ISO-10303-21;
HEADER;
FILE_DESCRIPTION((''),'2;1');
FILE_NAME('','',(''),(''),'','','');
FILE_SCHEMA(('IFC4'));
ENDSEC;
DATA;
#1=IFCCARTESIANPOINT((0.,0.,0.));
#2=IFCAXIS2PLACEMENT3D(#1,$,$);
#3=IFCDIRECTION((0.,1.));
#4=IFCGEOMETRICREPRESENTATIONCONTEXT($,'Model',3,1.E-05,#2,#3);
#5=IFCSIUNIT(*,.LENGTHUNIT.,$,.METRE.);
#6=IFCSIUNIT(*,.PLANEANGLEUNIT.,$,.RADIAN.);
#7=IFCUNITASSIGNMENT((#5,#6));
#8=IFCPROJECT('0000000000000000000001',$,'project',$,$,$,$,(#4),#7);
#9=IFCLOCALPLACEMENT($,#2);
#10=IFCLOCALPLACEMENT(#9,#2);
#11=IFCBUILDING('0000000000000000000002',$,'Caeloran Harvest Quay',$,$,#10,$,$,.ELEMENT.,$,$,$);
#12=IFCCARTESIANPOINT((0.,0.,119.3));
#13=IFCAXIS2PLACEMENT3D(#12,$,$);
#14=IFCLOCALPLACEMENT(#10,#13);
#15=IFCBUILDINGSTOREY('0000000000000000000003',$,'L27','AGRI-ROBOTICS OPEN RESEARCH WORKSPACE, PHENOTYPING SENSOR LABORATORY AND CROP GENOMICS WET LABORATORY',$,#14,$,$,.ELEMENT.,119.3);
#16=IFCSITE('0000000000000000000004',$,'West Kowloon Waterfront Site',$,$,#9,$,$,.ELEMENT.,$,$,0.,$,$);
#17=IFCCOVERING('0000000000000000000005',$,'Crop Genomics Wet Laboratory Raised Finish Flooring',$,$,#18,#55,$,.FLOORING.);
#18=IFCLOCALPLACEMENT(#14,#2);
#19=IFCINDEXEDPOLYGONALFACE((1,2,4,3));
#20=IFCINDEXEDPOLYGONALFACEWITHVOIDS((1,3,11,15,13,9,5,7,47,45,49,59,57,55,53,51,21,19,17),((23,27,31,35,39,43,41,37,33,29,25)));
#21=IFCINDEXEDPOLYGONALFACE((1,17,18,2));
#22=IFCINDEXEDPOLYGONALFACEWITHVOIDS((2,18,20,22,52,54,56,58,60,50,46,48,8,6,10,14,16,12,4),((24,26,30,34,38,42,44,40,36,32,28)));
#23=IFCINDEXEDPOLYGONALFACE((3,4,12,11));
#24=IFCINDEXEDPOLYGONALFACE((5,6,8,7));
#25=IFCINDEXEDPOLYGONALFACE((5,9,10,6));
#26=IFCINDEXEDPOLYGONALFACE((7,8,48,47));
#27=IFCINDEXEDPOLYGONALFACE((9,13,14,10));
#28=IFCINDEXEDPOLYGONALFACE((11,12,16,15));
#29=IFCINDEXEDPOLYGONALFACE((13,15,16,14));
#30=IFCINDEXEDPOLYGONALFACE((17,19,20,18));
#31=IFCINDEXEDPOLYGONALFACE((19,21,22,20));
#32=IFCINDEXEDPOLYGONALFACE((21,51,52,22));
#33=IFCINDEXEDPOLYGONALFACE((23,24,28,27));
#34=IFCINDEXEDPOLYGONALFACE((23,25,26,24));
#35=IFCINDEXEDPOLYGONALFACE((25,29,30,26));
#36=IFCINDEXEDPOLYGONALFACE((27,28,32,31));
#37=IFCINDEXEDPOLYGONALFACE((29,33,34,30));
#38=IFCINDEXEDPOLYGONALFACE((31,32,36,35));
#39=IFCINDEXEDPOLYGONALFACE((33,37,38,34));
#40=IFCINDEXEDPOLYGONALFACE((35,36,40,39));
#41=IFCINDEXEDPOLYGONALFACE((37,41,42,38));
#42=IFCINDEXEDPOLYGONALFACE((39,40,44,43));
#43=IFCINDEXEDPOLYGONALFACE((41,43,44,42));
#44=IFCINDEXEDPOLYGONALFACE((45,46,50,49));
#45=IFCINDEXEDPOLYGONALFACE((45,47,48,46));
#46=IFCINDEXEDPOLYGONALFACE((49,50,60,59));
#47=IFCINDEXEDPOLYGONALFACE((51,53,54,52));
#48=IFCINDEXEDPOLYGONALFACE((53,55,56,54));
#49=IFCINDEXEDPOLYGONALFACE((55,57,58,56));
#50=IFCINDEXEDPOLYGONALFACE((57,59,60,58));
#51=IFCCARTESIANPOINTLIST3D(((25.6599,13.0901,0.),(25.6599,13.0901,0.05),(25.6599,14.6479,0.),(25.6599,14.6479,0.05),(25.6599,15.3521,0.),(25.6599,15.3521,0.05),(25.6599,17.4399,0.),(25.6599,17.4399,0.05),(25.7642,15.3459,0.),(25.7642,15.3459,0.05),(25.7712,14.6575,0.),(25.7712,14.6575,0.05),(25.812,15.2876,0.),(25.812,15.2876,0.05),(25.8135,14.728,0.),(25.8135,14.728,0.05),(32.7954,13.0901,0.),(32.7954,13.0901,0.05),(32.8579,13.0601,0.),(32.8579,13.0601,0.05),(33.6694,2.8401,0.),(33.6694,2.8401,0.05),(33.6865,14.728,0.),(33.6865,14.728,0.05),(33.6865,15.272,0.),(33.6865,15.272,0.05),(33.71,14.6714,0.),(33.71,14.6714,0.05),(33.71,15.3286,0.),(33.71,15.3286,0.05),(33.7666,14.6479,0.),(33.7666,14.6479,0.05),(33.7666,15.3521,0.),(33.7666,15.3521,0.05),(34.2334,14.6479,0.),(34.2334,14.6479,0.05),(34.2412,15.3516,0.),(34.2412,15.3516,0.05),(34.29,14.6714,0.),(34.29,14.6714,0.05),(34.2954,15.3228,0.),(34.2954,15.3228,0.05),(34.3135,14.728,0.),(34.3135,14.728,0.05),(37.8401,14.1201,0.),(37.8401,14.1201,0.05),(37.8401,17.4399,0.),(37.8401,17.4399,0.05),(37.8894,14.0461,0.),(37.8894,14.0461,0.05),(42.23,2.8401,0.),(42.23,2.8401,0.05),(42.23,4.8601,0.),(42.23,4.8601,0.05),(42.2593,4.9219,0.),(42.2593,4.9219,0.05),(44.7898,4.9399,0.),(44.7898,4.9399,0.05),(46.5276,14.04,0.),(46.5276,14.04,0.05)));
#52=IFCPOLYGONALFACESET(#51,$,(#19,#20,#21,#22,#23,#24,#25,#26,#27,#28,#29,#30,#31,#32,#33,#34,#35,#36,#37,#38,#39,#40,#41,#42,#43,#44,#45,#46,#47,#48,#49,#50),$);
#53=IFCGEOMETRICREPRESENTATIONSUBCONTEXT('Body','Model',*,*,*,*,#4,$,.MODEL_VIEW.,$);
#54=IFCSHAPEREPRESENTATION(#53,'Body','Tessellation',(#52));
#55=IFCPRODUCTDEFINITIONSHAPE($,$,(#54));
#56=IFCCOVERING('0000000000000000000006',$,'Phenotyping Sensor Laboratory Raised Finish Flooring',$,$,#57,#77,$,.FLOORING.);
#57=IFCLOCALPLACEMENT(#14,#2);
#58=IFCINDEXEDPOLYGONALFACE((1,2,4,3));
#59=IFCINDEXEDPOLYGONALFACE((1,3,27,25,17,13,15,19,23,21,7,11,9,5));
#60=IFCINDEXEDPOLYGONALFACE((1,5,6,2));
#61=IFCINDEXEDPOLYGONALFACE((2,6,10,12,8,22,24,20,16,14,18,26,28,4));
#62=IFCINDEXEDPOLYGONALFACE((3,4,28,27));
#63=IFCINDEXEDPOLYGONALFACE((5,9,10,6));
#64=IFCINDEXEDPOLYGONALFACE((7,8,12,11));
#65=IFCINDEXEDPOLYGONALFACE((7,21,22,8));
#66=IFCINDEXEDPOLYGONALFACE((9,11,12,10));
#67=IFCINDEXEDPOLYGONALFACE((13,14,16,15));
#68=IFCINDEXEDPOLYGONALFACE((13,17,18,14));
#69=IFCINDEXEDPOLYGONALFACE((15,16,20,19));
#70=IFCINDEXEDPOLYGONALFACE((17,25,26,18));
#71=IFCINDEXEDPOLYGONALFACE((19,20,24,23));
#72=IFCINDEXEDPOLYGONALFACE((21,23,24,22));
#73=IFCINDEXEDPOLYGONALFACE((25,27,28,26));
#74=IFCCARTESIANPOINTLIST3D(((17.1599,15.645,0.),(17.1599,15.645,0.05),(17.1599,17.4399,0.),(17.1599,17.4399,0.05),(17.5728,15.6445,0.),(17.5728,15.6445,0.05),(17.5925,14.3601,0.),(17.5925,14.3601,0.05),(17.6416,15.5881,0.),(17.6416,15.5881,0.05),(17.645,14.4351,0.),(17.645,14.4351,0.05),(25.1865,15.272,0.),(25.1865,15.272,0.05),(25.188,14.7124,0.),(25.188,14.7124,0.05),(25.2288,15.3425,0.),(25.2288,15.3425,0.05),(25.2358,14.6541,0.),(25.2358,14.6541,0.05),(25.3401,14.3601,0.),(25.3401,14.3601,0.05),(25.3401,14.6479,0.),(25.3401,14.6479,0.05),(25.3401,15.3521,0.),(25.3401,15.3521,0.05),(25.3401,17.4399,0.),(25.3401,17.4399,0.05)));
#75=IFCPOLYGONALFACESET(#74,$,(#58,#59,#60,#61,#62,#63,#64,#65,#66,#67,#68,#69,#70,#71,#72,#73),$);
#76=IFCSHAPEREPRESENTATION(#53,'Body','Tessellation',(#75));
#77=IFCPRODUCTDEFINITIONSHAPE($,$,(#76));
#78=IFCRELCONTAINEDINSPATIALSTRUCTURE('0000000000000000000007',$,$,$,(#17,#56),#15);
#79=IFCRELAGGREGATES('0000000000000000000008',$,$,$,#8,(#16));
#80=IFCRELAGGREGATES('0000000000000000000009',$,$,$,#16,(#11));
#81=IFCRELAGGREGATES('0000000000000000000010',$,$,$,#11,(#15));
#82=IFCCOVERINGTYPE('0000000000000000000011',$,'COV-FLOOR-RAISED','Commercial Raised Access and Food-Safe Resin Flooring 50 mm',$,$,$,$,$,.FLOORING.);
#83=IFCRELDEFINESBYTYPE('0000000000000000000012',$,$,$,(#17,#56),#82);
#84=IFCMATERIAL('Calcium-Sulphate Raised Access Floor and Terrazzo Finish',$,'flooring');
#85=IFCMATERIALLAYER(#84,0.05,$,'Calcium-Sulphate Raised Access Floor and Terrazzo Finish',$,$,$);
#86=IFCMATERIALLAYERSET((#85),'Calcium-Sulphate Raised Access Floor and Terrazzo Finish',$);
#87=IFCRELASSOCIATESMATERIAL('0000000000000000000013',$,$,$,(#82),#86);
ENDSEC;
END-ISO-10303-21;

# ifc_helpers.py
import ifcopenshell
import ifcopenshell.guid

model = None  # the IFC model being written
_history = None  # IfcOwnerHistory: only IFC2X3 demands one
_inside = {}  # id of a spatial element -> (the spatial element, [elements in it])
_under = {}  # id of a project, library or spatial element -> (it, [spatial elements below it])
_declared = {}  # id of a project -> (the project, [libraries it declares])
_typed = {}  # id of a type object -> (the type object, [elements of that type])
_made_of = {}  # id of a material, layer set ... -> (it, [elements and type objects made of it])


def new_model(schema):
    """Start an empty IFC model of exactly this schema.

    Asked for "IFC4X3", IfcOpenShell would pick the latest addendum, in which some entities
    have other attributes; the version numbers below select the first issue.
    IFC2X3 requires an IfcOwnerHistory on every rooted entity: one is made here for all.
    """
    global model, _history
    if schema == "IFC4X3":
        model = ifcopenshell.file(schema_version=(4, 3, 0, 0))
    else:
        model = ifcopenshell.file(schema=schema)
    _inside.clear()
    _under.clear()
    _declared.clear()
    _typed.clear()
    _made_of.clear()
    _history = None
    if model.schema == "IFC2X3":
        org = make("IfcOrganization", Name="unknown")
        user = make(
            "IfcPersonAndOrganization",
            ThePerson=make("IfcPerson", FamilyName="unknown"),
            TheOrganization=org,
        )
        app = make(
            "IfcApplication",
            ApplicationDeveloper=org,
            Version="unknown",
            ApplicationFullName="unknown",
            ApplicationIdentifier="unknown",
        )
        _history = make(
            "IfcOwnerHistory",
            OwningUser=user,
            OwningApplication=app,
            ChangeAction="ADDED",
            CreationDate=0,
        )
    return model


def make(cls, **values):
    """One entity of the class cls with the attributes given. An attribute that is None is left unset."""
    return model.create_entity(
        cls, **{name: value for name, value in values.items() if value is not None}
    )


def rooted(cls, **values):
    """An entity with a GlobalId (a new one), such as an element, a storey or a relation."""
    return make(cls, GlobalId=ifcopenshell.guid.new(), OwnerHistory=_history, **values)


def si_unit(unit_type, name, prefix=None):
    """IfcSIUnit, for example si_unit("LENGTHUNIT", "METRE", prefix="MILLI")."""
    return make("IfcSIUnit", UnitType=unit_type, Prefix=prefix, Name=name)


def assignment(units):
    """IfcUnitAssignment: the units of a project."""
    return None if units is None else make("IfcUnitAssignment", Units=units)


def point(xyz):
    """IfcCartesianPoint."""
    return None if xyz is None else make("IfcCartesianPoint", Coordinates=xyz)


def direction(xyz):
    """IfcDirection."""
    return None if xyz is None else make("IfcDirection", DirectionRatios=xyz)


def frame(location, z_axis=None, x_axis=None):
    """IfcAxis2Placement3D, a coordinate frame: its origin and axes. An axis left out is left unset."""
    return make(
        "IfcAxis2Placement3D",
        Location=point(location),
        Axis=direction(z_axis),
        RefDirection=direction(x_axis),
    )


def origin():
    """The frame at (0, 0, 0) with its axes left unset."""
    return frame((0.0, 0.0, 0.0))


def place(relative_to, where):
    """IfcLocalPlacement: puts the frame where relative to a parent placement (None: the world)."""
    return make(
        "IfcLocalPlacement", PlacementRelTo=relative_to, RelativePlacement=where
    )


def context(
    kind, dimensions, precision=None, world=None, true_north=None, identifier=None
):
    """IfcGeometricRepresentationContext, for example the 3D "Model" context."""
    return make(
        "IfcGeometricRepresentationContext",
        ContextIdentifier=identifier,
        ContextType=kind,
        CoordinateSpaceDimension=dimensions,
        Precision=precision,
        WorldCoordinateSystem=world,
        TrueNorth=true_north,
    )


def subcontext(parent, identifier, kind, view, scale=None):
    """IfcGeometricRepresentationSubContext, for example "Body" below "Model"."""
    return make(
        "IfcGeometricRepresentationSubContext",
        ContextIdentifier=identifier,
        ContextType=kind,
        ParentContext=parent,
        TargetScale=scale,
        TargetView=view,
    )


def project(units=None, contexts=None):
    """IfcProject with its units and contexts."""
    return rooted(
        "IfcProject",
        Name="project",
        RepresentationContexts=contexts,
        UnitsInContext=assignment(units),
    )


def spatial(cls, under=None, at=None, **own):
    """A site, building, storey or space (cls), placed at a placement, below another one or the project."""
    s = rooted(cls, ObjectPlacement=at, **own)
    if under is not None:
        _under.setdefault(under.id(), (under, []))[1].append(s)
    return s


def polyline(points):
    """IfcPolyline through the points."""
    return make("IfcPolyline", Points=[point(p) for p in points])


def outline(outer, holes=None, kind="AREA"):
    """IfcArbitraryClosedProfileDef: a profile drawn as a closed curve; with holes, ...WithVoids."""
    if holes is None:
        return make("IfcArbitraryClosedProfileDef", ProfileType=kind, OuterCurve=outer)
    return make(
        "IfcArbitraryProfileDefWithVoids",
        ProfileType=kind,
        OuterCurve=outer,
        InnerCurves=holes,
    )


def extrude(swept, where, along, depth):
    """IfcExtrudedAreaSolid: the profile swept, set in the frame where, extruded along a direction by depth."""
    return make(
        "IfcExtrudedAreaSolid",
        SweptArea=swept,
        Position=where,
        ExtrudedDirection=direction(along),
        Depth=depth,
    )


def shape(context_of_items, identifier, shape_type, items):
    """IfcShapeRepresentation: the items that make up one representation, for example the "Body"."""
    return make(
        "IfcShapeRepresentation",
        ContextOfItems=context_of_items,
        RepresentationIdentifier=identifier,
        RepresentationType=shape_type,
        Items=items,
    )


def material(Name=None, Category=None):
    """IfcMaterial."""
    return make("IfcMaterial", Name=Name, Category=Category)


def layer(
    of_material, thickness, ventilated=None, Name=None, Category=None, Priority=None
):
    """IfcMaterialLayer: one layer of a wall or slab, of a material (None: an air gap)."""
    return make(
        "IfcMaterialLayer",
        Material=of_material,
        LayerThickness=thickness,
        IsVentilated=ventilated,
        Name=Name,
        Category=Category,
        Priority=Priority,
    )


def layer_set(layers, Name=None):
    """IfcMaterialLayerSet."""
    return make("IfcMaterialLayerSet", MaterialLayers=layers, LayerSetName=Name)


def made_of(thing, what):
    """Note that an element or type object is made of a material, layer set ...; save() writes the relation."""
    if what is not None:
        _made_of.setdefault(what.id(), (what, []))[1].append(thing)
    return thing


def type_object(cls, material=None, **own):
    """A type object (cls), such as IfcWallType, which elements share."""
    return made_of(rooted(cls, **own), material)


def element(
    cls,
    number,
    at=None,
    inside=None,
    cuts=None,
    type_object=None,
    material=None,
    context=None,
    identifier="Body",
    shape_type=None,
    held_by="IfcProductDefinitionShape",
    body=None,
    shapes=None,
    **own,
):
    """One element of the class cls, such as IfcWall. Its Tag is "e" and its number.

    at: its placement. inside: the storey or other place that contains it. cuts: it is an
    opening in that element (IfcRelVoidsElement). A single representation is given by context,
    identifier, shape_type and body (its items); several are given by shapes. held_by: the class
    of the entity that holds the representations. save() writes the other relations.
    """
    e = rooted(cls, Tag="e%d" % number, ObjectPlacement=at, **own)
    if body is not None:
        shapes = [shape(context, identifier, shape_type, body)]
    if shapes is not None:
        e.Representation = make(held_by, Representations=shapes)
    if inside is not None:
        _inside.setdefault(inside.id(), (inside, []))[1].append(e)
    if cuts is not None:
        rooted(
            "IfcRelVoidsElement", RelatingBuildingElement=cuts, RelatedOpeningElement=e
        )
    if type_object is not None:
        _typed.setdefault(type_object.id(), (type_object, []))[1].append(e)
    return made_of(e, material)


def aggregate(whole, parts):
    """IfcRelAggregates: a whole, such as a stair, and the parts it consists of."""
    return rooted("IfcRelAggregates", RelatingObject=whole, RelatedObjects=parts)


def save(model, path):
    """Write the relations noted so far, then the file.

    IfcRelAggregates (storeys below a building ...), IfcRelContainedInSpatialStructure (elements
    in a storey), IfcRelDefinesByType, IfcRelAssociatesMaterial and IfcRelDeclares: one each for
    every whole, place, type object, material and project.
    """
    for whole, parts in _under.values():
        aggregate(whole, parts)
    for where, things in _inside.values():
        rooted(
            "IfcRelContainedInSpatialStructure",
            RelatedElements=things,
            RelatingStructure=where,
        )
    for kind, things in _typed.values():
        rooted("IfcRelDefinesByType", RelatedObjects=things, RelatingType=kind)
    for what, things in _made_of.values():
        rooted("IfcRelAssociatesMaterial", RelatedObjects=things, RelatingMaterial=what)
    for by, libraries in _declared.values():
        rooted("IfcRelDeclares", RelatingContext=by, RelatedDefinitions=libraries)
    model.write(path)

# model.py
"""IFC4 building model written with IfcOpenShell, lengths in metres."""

from ifc_helpers import new_model, si_unit, direction, frame, origin, place, context, subcontext, project, spatial, polyline, outline, extrude, material, layer, layer_set, type_object, element, save


model = new_model("IFC4")

# Units and contexts
model_context = context("Model", 3, precision=1e-05, world=origin(), true_north=direction((0.0, 1.0)))
body_context = subcontext(model_context, "Body", "Model", "MODEL_VIEW")
ifc_project = project(units=[si_unit("LENGTHUNIT", "METRE"), si_unit("PLANEANGLEUNIT", "RADIAN")], contexts=[model_context])

# Site, building, storey
site_placement = place(None, origin())
site = spatial("IfcSite", under=ifc_project, at=site_placement, Name="West Kowloon Waterfront Site", CompositionType="ELEMENT", RefElevation=0.0)
building_placement = place(site_placement, origin())
building = spatial("IfcBuilding", under=site, at=building_placement, Name="Caeloran Harvest Quay", CompositionType="ELEMENT")
storey_placement = place(building_placement, frame((0.0, 0.0, 119.3)))
storey = spatial("IfcBuildingStorey", under=building, at=storey_placement, Name="L27", Description="AGRI-ROBOTICS OPEN RESEARCH WORKSPACE, PHENOTYPING SENSOR LABORATORY AND CROP GENOMICS WET LABORATORY", CompositionType="ELEMENT", Elevation=119.3)

# Coverings
ifc_material_1 = material(Name="Calcium-Sulphate Raised Access Floor and Terrazzo Finish", Category="flooring")
ifc_layer_1 = layer(ifc_material_1, 0.05, Name="Calcium-Sulphate Raised Access Floor and Terrazzo Finish")
ifc_layer_set_1 = layer_set([ifc_layer_1], Name="Calcium-Sulphate Raised Access Floor and Terrazzo Finish")
covering_type_1 = type_object("IfcCoveringType", Name="COV-FLOOR-RAISED", Description="Commercial Raised Access and Food-Safe Resin Flooring 50 mm", PredefinedType="FLOORING", material=ifc_layer_set_1)
covering_1_placement = place(storey_placement, origin())
element("IfcCovering", 1, at=covering_1_placement, inside=storey, type_object=covering_type_1, Name="Crop Genomics Wet Laboratory Raised Finish Flooring", PredefinedType="FLOORING", context=body_context, shape_type="SweptSolid", body=[
    extrude(outline(polyline([(25.6599, 13.0901), (25.6599, 14.6479), (25.7712, 14.6575), (25.8135, 14.728), (25.812, 15.2876), (25.7642, 15.3459), (25.6599, 15.3521), (25.6599, 17.4399), (37.8401, 17.4399), (37.8401, 14.1201), (37.8894, 14.0461), (46.5276, 14.04), (44.7898, 4.9399), (42.2593, 4.9219), (42.23, 4.8601), (42.23, 2.8401), (33.6694, 2.8401), (32.8579, 13.0601), (32.7954, 13.0901), (25.6599, 13.0901)]), holes=[polyline([(34.3135, 14.728), (34.2954, 15.3228), (34.2412, 15.3516), (33.7666, 15.3521), (33.71, 15.3286), (33.6865, 15.272), (33.6865, 14.728), (33.71, 14.6714), (33.7666, 14.6479), (34.2334, 14.6479), (34.29, 14.6714), (34.3135, 14.728)])]), origin(), (0.0, 0.0, 1.0), 0.05),
])
covering_2_placement = place(storey_placement, origin())
element("IfcCovering", 2, at=covering_2_placement, inside=storey, type_object=covering_type_1, Name="Phenotyping Sensor Laboratory Raised Finish Flooring", PredefinedType="FLOORING", context=body_context, shape_type="SweptSolid", body=[
    extrude(outline(polyline([(17.5925, 14.3601), (17.645, 14.4351), (17.6416, 15.5881), (17.5728, 15.6445), (17.1599, 15.645), (17.1599, 17.4399), (25.3401, 17.4399), (25.3401, 15.3521), (25.2288, 15.3425), (25.1865, 15.272), (25.188, 14.7124), (25.2358, 14.6541), (25.3401, 14.6479), (25.3401, 14.3601), (17.5925, 14.3601)])), origin(), (0.0, 0.0, 1.0), 0.05),
])

save(model, "model.ifc")
